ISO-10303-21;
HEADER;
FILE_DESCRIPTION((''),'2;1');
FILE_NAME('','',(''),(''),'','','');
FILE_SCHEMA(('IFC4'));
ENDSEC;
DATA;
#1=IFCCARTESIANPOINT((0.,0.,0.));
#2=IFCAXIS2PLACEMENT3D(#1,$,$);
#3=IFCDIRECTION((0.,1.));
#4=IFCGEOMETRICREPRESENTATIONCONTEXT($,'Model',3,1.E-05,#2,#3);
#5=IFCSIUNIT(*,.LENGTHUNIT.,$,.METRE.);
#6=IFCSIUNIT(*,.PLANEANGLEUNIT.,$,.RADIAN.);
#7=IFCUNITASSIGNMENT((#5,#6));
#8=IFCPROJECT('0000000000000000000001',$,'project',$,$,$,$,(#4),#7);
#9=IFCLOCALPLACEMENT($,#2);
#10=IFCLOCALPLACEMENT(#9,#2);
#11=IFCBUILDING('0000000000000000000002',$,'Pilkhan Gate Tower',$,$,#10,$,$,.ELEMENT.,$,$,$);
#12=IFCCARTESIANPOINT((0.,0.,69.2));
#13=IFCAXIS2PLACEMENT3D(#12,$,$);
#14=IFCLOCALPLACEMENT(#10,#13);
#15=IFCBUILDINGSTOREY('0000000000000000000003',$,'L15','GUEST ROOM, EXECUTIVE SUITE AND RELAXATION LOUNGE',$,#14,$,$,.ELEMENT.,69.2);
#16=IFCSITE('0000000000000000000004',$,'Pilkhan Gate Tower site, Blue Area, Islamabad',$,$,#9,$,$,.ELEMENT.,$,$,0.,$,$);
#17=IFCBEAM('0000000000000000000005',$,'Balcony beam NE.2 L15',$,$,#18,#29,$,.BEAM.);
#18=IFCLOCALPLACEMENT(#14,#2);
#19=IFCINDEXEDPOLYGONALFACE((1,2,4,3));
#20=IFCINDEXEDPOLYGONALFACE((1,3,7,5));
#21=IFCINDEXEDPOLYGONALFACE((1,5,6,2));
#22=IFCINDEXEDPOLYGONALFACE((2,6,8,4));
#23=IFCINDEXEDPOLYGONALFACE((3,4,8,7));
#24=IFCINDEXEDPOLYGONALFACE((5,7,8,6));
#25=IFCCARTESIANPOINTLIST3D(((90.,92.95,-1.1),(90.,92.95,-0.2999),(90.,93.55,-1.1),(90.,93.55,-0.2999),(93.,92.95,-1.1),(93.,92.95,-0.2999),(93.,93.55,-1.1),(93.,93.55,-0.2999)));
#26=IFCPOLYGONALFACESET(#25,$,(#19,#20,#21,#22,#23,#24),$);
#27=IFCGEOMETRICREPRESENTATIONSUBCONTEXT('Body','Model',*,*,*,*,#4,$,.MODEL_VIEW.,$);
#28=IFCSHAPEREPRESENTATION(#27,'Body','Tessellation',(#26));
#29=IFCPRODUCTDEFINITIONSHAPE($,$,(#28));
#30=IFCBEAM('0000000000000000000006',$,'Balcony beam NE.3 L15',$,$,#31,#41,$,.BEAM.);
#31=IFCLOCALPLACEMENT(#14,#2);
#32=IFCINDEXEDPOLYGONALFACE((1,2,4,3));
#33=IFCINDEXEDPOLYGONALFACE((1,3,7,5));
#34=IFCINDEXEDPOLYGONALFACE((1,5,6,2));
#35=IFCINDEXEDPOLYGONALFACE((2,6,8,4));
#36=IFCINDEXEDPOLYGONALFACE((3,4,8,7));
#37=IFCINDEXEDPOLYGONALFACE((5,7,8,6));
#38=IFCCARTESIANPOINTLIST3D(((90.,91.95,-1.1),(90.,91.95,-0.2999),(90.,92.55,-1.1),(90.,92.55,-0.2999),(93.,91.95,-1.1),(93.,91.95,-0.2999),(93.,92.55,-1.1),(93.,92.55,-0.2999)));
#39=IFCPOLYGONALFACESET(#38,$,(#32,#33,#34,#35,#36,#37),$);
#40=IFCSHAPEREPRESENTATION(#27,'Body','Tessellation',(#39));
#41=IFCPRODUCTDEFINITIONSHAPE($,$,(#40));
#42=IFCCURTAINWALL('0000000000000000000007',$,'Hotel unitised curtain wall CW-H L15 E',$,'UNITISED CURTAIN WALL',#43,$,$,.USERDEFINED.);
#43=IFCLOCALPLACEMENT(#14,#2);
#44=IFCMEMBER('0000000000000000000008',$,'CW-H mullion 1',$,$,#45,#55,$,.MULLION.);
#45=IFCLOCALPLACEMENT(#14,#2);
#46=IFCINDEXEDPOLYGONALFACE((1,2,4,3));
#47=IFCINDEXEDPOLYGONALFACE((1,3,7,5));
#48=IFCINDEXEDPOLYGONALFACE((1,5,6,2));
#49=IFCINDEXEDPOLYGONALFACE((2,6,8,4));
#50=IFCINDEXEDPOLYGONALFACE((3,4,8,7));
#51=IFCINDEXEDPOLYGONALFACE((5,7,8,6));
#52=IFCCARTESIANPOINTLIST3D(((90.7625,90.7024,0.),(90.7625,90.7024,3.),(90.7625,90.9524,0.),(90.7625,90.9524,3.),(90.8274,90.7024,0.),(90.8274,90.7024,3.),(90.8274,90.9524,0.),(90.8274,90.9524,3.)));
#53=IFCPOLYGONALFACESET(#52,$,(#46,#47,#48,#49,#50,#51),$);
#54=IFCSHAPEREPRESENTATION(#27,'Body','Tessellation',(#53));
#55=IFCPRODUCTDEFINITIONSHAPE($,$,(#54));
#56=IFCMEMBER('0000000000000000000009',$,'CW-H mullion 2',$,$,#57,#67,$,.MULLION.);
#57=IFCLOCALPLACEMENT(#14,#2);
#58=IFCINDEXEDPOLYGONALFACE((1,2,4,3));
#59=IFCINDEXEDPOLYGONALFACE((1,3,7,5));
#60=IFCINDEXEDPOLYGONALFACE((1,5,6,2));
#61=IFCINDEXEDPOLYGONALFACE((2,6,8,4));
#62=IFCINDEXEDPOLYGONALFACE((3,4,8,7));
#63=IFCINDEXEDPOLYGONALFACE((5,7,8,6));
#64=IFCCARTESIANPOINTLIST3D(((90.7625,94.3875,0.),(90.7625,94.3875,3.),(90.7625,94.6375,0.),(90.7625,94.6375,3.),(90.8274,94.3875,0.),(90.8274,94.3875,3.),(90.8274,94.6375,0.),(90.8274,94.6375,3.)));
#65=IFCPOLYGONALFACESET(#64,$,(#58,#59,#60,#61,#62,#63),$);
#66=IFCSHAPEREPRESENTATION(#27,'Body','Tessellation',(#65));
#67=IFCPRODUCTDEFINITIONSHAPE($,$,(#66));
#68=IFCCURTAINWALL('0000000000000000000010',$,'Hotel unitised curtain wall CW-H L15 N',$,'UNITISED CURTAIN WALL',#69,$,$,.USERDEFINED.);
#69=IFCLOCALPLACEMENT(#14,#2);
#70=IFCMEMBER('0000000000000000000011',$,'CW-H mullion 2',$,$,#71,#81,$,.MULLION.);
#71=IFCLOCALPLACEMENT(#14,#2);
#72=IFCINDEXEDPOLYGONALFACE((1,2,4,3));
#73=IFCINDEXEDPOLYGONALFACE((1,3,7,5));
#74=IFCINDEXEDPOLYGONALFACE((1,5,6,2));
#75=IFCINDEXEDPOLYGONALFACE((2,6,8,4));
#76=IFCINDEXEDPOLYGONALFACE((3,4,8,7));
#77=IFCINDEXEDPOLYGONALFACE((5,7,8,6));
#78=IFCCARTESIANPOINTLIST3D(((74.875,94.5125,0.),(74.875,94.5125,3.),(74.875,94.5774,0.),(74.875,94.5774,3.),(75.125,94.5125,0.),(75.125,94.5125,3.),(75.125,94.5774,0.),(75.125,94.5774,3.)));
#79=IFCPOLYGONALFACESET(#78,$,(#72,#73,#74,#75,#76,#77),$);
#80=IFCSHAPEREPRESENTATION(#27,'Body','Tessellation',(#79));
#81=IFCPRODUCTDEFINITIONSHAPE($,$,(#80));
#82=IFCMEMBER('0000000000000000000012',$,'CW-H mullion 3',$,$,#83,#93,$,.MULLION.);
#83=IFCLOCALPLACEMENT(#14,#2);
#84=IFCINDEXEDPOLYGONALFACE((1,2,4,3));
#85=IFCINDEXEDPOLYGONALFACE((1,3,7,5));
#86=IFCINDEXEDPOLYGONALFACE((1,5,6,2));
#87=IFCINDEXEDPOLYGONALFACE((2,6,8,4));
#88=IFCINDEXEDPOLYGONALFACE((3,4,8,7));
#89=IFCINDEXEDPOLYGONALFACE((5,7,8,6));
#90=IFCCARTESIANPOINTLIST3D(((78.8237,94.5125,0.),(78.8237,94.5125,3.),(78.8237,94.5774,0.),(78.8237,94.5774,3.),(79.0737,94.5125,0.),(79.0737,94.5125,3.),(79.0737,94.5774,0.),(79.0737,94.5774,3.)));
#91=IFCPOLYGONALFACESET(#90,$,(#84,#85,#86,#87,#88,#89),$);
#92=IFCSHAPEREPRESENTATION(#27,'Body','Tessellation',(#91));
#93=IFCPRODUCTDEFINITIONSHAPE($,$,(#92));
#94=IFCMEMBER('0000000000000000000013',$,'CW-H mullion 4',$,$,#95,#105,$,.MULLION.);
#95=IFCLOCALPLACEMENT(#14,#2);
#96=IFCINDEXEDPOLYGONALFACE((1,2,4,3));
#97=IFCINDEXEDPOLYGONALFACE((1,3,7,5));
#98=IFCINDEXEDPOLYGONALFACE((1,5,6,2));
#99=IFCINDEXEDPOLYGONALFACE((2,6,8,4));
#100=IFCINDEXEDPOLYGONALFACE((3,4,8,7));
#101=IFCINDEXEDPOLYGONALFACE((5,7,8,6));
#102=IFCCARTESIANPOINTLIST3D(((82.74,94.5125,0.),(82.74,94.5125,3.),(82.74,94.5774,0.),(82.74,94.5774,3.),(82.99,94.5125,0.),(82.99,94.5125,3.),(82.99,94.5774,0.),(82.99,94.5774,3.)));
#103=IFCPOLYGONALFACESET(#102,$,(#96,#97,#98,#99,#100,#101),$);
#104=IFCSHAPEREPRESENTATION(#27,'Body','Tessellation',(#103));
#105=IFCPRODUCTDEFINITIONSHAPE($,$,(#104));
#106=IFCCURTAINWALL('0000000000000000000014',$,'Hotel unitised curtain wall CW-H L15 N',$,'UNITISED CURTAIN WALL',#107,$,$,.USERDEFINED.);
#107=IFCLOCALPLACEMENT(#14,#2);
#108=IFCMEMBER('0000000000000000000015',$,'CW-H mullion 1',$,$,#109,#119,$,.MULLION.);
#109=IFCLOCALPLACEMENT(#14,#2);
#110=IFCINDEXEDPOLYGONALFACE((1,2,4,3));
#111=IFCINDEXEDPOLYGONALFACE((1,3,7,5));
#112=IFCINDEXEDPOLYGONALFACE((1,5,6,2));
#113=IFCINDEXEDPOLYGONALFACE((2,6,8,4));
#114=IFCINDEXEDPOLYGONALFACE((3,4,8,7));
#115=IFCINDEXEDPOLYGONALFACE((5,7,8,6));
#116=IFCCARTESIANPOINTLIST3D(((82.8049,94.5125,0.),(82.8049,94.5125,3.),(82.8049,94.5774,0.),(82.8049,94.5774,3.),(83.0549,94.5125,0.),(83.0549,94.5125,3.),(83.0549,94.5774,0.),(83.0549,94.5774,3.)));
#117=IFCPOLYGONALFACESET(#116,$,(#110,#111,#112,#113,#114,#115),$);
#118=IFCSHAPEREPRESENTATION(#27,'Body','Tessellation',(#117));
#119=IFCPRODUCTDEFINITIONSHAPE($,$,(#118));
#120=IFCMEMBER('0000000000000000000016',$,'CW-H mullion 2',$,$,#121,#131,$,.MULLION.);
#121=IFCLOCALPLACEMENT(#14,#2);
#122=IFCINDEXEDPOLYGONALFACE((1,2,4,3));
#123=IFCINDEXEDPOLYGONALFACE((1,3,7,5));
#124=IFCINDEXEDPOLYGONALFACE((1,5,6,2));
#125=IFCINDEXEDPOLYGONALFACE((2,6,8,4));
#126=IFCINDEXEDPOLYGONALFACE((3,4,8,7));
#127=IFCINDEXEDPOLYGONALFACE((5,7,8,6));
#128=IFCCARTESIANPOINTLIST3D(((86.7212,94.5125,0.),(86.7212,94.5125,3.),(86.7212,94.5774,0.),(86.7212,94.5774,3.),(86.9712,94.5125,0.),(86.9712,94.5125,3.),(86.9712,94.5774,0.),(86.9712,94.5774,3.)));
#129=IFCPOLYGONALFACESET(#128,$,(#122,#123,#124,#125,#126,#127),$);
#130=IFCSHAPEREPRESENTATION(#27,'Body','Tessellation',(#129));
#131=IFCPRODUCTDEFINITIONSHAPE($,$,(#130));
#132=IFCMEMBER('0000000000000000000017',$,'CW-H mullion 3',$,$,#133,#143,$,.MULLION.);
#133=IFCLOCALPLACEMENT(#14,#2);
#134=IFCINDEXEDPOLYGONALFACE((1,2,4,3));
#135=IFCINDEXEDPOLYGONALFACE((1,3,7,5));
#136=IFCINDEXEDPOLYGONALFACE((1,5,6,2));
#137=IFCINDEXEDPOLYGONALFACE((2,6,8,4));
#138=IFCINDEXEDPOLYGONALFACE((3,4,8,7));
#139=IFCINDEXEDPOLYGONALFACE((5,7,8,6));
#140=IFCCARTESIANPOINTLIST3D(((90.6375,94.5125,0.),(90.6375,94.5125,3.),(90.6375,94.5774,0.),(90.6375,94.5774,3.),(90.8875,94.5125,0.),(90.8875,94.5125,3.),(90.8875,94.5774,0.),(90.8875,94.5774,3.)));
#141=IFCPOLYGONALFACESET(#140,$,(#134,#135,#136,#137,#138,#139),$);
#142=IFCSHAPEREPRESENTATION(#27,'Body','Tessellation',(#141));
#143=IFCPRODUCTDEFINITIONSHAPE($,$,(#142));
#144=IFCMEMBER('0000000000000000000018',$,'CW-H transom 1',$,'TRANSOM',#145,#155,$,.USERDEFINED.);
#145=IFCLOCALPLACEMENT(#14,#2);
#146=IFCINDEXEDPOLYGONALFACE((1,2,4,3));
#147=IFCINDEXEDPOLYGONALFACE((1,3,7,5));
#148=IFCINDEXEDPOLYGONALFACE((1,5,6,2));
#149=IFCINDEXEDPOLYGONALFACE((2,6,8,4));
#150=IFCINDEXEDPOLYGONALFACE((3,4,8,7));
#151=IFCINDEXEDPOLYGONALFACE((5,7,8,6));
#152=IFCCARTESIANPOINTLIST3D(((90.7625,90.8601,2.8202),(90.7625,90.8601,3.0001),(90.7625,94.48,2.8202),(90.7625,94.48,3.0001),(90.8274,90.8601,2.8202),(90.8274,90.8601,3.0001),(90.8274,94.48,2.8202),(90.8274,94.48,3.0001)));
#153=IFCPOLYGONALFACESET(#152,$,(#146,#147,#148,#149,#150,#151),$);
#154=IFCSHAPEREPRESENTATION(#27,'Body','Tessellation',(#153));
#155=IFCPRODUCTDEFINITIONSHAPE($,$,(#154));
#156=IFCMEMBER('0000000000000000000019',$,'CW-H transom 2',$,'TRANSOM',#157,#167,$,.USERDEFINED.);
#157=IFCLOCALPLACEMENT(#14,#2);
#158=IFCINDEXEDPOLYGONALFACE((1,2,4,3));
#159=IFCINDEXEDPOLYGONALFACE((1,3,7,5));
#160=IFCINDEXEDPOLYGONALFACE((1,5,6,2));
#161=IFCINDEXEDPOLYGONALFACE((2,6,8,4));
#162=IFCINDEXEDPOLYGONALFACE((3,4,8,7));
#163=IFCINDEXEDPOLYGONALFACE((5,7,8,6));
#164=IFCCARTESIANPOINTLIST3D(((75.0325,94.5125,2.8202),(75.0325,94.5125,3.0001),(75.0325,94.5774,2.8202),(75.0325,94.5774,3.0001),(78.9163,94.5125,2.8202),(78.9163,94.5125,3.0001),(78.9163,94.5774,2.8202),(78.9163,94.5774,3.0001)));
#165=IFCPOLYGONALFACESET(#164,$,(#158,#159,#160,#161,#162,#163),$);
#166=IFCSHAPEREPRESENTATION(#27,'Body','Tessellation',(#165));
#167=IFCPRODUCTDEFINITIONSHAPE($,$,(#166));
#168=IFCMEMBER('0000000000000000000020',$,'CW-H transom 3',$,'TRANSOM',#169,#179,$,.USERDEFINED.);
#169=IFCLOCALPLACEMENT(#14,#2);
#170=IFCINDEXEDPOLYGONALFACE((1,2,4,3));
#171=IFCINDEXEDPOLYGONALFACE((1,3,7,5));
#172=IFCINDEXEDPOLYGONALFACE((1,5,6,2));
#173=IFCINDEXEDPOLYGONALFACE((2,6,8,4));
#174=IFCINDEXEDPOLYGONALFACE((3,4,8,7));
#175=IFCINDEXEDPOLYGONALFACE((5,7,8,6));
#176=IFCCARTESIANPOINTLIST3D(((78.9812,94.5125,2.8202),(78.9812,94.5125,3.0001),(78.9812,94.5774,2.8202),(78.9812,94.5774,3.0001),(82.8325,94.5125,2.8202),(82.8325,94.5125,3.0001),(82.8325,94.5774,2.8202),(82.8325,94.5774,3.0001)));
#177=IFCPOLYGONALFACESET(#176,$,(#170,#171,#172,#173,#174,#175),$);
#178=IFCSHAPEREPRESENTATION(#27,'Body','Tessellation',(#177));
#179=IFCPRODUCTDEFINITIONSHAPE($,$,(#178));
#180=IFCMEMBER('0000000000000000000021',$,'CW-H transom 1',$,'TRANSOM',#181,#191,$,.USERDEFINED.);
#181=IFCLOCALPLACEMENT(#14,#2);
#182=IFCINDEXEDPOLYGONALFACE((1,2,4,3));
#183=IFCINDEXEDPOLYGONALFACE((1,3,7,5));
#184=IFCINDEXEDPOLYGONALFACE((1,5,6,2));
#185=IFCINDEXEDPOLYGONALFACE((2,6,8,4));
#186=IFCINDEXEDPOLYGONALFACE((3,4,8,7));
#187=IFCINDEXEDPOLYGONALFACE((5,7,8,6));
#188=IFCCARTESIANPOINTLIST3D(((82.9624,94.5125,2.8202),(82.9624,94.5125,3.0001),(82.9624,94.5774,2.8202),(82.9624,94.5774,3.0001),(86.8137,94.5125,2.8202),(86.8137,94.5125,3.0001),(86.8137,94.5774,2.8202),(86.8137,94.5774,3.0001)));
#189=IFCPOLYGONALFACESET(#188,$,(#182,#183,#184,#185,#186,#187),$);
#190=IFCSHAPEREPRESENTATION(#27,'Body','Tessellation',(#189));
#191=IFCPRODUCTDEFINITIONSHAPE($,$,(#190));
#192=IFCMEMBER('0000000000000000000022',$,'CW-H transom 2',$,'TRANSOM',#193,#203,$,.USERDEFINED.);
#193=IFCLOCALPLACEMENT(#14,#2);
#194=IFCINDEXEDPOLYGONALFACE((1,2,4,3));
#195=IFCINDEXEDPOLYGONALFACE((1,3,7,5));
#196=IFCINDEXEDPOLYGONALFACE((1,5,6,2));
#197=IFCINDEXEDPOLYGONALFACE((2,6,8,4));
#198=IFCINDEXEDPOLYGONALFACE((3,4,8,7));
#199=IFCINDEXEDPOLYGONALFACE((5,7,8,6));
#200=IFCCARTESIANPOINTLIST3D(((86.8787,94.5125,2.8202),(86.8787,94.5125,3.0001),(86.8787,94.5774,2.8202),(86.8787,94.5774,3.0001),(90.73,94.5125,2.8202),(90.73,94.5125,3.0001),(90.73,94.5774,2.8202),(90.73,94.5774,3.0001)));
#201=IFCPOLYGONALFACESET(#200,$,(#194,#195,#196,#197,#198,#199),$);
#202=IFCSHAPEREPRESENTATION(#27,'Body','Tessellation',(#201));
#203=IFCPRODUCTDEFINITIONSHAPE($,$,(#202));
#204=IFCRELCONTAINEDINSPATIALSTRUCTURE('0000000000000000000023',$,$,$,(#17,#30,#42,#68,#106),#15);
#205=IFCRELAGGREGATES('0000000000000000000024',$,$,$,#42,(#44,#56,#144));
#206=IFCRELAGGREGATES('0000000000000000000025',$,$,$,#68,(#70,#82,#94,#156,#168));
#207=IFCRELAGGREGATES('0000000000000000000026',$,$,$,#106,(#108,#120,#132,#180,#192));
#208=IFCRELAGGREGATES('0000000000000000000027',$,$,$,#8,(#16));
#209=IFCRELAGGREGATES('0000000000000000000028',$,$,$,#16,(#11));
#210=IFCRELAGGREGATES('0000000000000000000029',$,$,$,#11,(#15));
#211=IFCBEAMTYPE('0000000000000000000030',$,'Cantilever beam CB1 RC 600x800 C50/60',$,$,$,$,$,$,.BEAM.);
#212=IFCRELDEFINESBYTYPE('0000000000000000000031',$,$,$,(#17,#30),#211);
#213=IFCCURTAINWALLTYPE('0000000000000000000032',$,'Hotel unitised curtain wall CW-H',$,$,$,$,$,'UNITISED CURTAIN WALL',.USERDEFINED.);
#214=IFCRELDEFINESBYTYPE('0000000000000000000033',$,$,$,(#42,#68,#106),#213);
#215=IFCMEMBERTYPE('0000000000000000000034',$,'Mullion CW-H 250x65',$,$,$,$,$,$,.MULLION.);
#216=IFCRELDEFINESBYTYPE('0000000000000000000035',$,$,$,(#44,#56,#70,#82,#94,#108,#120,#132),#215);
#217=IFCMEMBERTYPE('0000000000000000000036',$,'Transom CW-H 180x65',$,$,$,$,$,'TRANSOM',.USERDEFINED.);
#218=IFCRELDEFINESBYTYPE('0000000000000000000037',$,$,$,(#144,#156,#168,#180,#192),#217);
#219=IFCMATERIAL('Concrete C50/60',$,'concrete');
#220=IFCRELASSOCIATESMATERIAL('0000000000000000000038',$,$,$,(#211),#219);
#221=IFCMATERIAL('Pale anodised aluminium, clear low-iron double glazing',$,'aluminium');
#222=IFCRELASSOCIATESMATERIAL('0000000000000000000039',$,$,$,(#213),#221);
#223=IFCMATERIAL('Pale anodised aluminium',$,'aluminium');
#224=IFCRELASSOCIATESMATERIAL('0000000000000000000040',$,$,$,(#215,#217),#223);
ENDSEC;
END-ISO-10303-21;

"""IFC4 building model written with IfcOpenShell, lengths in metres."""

from ifc_helpers import new_model, si_unit, direction, frame, origin, origin_2d, place, context, subcontext, project, spatial, rectangle, extrude, material, material_profile, profile_set, type_object, element, aggregate, save


model = new_model("IFC4")

# Units and contexts
model_context = context("Model", 3, precision=1e-05, world=origin(), true_north=direction((0.0, 1.0)))
body_context = subcontext(model_context, "Body", "Model", "MODEL_VIEW")
ifc_project = project(units=[si_unit("LENGTHUNIT", "METRE"), si_unit("PLANEANGLEUNIT", "RADIAN")], contexts=[model_context])

# Site, building, storey
site_placement = place(None, origin())
site = spatial("IfcSite", under=ifc_project, at=site_placement, Name="Pilkhan Gate Tower site, Blue Area, Islamabad", CompositionType="ELEMENT", RefElevation=0.0)
building_placement = place(site_placement, origin())
building = spatial("IfcBuilding", under=site, at=building_placement, Name="Pilkhan Gate Tower", CompositionType="ELEMENT")
storey_placement = place(building_placement, frame((0.0, 0.0, 69.2)))
storey = spatial("IfcBuildingStorey", under=building, at=storey_placement, Name="L15", Description="GUEST ROOM, EXECUTIVE SUITE AND RELAXATION LOUNGE", CompositionType="ELEMENT", Elevation=69.2)

# Beams
ifc_material_1 = material(Name="Concrete C50/60", Category="concrete")
ifc_material_profile_1 = material_profile(ifc_material_1, rectangle(XDim=0.6001, YDim=0.8, at=origin_2d()), Name="RC 600x800")
ifc_profile_set_1 = profile_set([ifc_material_profile_1], Name="Concrete C50/60")
beam_type = type_object("IfcBeamType", Name="Cantilever beam CB1 RC 600x800 C50/60", PredefinedType="BEAM", material=ifc_profile_set_1)
for number, where, z_axis, x_axis, name in (
    (1, (90.0, 93.25, -0.7), (1.0, 0.0, 0.0), (0.0, 1.0, 0.0), "Balcony beam NE.2 L15"),
    (2, (90.0, 92.25, -0.7), (1.0, 0.0, 0.0), (0.0, 1.0, 0.0), "Balcony beam NE.3 L15"),
):
    element("IfcBeam", number, at=place(storey_placement, frame(where, z_axis=z_axis, x_axis=x_axis)), inside=storey, type_object=beam_type, Name=name, PredefinedType="BEAM", context=body_context, shape_type="SweptSolid", body=[
        extrude(rectangle(XDim=0.6001, YDim=0.8, at=origin_2d()), origin(), (0.0, 0.0, 1.0), 3.0),
    ])

# Curtain walls, members
ifc_material_2 = material(Name="Pale anodised aluminium, clear low-iron double glazing", Category="aluminium")
curtain_wall_type = type_object("IfcCurtainWallType", Name="Hotel unitised curtain wall CW-H", ElementType="UNITISED CURTAIN WALL", PredefinedType="USERDEFINED", material=ifc_material_2)
curtain_wall_1_placement = place(storey_placement, origin())
curtain_wall_1 = element("IfcCurtainWall", 3, at=curtain_wall_1_placement, inside=storey, type_object=curtain_wall_type, Name="Hotel unitised curtain wall CW-H L15 E", ObjectType="UNITISED CURTAIN WALL", PredefinedType="USERDEFINED")
ifc_material_3 = material(Name="Pale anodised aluminium", Category="aluminium")
ifc_material_profile_2 = material_profile(ifc_material_3, rectangle(XDim=0.0649, YDim=0.25, at=origin_2d()), Name="Mullion 250x65")
ifc_profile_set_2 = profile_set([ifc_material_profile_2], Name="Pale anodised aluminium")
member_type_1 = type_object("IfcMemberType", Name="Mullion CW-H 250x65", PredefinedType="MULLION", material=ifc_profile_set_2)
member_1_placement = place(storey_placement, frame((90.7949, 90.8274, 0.0), z_axis=(0.0, 0.0, 1.0), x_axis=(-1.0, 0.0, 0.0)))
member_1 = element("IfcMember", 4, at=member_1_placement, type_object=member_type_1, Name="CW-H mullion 1", PredefinedType="MULLION", context=body_context, shape_type="SweptSolid", body=[
    extrude(rectangle(XDim=0.0649, YDim=0.25, at=origin_2d()), origin(), (0.0, 0.0, 1.0), 3.0),
])
member_2_placement = place(storey_placement, frame((90.7949, 94.5125, 0.0), z_axis=(0.0, 0.0, 1.0), x_axis=(-1.0, 0.0, 0.0)))
member_2 = element("IfcMember", 5, at=member_2_placement, type_object=member_type_1, Name="CW-H mullion 2", PredefinedType="MULLION", context=body_context, shape_type="SweptSolid", body=[
    extrude(rectangle(XDim=0.0649, YDim=0.25, at=origin_2d()), origin(), (0.0, 0.0, 1.0), 3.0),
])
curtain_wall_2_placement = place(storey_placement, origin())
curtain_wall_2 = element("IfcCurtainWall", 6, at=curtain_wall_2_placement, inside=storey, type_object=curtain_wall_type, Name="Hotel unitised curtain wall CW-H L15 N", ObjectType="UNITISED CURTAIN WALL", PredefinedType="USERDEFINED")
member_3_placement = place(storey_placement, frame((75.0, 94.5449, 0.0), z_axis=(0.0, 0.0, 1.0), x_axis=(0.0, 1.0, 0.0)))
member_3 = element("IfcMember", 7, at=member_3_placement, type_object=member_type_1, Name="CW-H mullion 2", PredefinedType="MULLION", context=body_context, shape_type="SweptSolid", body=[
    extrude(rectangle(XDim=0.0649, YDim=0.25, at=origin_2d()), origin(), (0.0, 0.0, 1.0), 3.0),
])
member_4_placement = place(storey_placement, frame((78.9487, 94.5449, 0.0), z_axis=(0.0, 0.0, 1.0), x_axis=(0.0, 1.0, 0.0)))
member_4 = element("IfcMember", 8, at=member_4_placement, type_object=member_type_1, Name="CW-H mullion 3", PredefinedType="MULLION", context=body_context, shape_type="SweptSolid", body=[
    extrude(rectangle(XDim=0.0649, YDim=0.25, at=origin_2d()), origin(), (0.0, 0.0, 1.0), 3.0),
])
member_5_placement = place(storey_placement, frame((82.865, 94.5449, 0.0), z_axis=(0.0, 0.0, 1.0), x_axis=(0.0, 1.0, 0.0)))
member_5 = element("IfcMember", 9, at=member_5_placement, type_object=member_type_1, Name="CW-H mullion 4", PredefinedType="MULLION", context=body_context, shape_type="SweptSolid", body=[
    extrude(rectangle(XDim=0.0649, YDim=0.25, at=origin_2d()), origin(), (0.0, 0.0, 1.0), 3.0),
])
curtain_wall_3_placement = place(storey_placement, origin())
curtain_wall_3 = element("IfcCurtainWall", 10, at=curtain_wall_3_placement, inside=storey, type_object=curtain_wall_type, Name="Hotel unitised curtain wall CW-H L15 N", ObjectType="UNITISED CURTAIN WALL", PredefinedType="USERDEFINED")
member_6_placement = place(storey_placement, frame((82.9299, 94.5449, 0.0), z_axis=(0.0, 0.0, 1.0), x_axis=(0.0, 1.0, 0.0)))
member_6 = element("IfcMember", 11, at=member_6_placement, type_object=member_type_1, Name="CW-H mullion 1", PredefinedType="MULLION", context=body_context, shape_type="SweptSolid", body=[
    extrude(rectangle(XDim=0.0649, YDim=0.25, at=origin_2d()), origin(), (0.0, 0.0, 1.0), 3.0),
])
member_7_placement = place(storey_placement, frame((86.8462, 94.5449, 0.0), z_axis=(0.0, 0.0, 1.0), x_axis=(0.0, 1.0, 0.0)))
member_7 = element("IfcMember", 12, at=member_7_placement, type_object=member_type_1, Name="CW-H mullion 2", PredefinedType="MULLION", context=body_context, shape_type="SweptSolid", body=[
    extrude(rectangle(XDim=0.0649, YDim=0.25, at=origin_2d()), origin(), (0.0, 0.0, 1.0), 3.0),
])
member_8_placement = place(storey_placement, frame((90.7625, 94.5449, 0.0), z_axis=(0.0, 0.0, 1.0), x_axis=(0.0, 1.0, 0.0)))
member_8 = element("IfcMember", 13, at=member_8_placement, type_object=member_type_1, Name="CW-H mullion 3", PredefinedType="MULLION", context=body_context, shape_type="SweptSolid", body=[
    extrude(rectangle(XDim=0.0649, YDim=0.25, at=origin_2d()), origin(), (0.0, 0.0, 1.0), 3.0),
])

# Members
ifc_material_profile_3 = material_profile(ifc_material_3, rectangle(XDim=0.0649, YDim=0.1799, at=origin_2d()), Name="Transom 180x65")
ifc_profile_set_3 = profile_set([ifc_material_profile_3], Name="Pale anodised aluminium")
member_type_2 = type_object("IfcMemberType", Name="Transom CW-H 180x65", ElementType="TRANSOM", PredefinedType="USERDEFINED", material=ifc_profile_set_3)
member_9_placement = place(storey_placement, frame((90.7949, 90.8601, 2.9102), z_axis=(0.0, 1.0, 0.0), x_axis=(-1.0, 0.0, 0.0)))
member_9 = element("IfcMember", 14, at=member_9_placement, type_object=member_type_2, Name="CW-H transom 1", ObjectType="TRANSOM", PredefinedType="USERDEFINED", context=body_context, shape_type="SweptSolid", body=[
    extrude(rectangle(XDim=0.0649, YDim=0.1799, at=origin_2d()), origin(), (0.0, 0.0, 1.0), 3.6199),
])
member_10_placement = place(storey_placement, frame((75.0325, 94.5449, 2.9102), z_axis=(1.0, 0.0, 0.0), x_axis=(0.0, 1.0, 0.0)))
member_10 = element("IfcMember", 15, at=member_10_placement, type_object=member_type_2, Name="CW-H transom 2", ObjectType="TRANSOM", PredefinedType="USERDEFINED", context=body_context, shape_type="SweptSolid", body=[
    extrude(rectangle(XDim=0.0649, YDim=0.1799, at=origin_2d()), origin(), (0.0, 0.0, 1.0), 3.8838),
])
member_11_placement = place(storey_placement, frame((78.9812, 94.5449, 2.9102), z_axis=(1.0, 0.0, 0.0), x_axis=(0.0, 1.0, 0.0)))
member_11 = element("IfcMember", 16, at=member_11_placement, type_object=member_type_2, Name="CW-H transom 3", ObjectType="TRANSOM", PredefinedType="USERDEFINED", context=body_context, shape_type="SweptSolid", body=[
    extrude(rectangle(XDim=0.0649, YDim=0.1799, at=origin_2d()), origin(), (0.0, 0.0, 1.0), 3.8513),
])
member_12_placement = place(storey_placement, frame((82.9624, 94.5449, 2.9102), z_axis=(1.0, 0.0, 0.0), x_axis=(0.0, 1.0, 0.0)))
member_12 = element("IfcMember", 17, at=member_12_placement, type_object=member_type_2, Name="CW-H transom 1", ObjectType="TRANSOM", PredefinedType="USERDEFINED", context=body_context, shape_type="SweptSolid", body=[
    extrude(rectangle(XDim=0.0649, YDim=0.1799, at=origin_2d()), origin(), (0.0, 0.0, 1.0), 3.8513),
])
member_13_placement = place(storey_placement, frame((86.8787, 94.5449, 2.9102), z_axis=(1.0, 0.0, 0.0), x_axis=(0.0, 1.0, 0.0)))
member_13 = element("IfcMember", 18, at=member_13_placement, type_object=member_type_2, Name="CW-H transom 2", ObjectType="TRANSOM", PredefinedType="USERDEFINED", context=body_context, shape_type="SweptSolid", body=[
    extrude(rectangle(XDim=0.0649, YDim=0.1799, at=origin_2d()), origin(), (0.0, 0.0, 1.0), 3.8513),
])

aggregate(curtain_wall_1, [member_1, member_2, member_9])
aggregate(curtain_wall_2, [member_3, member_4, member_5, member_10, member_11])
aggregate(curtain_wall_3, [member_6, member_7, member_8, member_12, member_13])

save(model, "model.ifc")
